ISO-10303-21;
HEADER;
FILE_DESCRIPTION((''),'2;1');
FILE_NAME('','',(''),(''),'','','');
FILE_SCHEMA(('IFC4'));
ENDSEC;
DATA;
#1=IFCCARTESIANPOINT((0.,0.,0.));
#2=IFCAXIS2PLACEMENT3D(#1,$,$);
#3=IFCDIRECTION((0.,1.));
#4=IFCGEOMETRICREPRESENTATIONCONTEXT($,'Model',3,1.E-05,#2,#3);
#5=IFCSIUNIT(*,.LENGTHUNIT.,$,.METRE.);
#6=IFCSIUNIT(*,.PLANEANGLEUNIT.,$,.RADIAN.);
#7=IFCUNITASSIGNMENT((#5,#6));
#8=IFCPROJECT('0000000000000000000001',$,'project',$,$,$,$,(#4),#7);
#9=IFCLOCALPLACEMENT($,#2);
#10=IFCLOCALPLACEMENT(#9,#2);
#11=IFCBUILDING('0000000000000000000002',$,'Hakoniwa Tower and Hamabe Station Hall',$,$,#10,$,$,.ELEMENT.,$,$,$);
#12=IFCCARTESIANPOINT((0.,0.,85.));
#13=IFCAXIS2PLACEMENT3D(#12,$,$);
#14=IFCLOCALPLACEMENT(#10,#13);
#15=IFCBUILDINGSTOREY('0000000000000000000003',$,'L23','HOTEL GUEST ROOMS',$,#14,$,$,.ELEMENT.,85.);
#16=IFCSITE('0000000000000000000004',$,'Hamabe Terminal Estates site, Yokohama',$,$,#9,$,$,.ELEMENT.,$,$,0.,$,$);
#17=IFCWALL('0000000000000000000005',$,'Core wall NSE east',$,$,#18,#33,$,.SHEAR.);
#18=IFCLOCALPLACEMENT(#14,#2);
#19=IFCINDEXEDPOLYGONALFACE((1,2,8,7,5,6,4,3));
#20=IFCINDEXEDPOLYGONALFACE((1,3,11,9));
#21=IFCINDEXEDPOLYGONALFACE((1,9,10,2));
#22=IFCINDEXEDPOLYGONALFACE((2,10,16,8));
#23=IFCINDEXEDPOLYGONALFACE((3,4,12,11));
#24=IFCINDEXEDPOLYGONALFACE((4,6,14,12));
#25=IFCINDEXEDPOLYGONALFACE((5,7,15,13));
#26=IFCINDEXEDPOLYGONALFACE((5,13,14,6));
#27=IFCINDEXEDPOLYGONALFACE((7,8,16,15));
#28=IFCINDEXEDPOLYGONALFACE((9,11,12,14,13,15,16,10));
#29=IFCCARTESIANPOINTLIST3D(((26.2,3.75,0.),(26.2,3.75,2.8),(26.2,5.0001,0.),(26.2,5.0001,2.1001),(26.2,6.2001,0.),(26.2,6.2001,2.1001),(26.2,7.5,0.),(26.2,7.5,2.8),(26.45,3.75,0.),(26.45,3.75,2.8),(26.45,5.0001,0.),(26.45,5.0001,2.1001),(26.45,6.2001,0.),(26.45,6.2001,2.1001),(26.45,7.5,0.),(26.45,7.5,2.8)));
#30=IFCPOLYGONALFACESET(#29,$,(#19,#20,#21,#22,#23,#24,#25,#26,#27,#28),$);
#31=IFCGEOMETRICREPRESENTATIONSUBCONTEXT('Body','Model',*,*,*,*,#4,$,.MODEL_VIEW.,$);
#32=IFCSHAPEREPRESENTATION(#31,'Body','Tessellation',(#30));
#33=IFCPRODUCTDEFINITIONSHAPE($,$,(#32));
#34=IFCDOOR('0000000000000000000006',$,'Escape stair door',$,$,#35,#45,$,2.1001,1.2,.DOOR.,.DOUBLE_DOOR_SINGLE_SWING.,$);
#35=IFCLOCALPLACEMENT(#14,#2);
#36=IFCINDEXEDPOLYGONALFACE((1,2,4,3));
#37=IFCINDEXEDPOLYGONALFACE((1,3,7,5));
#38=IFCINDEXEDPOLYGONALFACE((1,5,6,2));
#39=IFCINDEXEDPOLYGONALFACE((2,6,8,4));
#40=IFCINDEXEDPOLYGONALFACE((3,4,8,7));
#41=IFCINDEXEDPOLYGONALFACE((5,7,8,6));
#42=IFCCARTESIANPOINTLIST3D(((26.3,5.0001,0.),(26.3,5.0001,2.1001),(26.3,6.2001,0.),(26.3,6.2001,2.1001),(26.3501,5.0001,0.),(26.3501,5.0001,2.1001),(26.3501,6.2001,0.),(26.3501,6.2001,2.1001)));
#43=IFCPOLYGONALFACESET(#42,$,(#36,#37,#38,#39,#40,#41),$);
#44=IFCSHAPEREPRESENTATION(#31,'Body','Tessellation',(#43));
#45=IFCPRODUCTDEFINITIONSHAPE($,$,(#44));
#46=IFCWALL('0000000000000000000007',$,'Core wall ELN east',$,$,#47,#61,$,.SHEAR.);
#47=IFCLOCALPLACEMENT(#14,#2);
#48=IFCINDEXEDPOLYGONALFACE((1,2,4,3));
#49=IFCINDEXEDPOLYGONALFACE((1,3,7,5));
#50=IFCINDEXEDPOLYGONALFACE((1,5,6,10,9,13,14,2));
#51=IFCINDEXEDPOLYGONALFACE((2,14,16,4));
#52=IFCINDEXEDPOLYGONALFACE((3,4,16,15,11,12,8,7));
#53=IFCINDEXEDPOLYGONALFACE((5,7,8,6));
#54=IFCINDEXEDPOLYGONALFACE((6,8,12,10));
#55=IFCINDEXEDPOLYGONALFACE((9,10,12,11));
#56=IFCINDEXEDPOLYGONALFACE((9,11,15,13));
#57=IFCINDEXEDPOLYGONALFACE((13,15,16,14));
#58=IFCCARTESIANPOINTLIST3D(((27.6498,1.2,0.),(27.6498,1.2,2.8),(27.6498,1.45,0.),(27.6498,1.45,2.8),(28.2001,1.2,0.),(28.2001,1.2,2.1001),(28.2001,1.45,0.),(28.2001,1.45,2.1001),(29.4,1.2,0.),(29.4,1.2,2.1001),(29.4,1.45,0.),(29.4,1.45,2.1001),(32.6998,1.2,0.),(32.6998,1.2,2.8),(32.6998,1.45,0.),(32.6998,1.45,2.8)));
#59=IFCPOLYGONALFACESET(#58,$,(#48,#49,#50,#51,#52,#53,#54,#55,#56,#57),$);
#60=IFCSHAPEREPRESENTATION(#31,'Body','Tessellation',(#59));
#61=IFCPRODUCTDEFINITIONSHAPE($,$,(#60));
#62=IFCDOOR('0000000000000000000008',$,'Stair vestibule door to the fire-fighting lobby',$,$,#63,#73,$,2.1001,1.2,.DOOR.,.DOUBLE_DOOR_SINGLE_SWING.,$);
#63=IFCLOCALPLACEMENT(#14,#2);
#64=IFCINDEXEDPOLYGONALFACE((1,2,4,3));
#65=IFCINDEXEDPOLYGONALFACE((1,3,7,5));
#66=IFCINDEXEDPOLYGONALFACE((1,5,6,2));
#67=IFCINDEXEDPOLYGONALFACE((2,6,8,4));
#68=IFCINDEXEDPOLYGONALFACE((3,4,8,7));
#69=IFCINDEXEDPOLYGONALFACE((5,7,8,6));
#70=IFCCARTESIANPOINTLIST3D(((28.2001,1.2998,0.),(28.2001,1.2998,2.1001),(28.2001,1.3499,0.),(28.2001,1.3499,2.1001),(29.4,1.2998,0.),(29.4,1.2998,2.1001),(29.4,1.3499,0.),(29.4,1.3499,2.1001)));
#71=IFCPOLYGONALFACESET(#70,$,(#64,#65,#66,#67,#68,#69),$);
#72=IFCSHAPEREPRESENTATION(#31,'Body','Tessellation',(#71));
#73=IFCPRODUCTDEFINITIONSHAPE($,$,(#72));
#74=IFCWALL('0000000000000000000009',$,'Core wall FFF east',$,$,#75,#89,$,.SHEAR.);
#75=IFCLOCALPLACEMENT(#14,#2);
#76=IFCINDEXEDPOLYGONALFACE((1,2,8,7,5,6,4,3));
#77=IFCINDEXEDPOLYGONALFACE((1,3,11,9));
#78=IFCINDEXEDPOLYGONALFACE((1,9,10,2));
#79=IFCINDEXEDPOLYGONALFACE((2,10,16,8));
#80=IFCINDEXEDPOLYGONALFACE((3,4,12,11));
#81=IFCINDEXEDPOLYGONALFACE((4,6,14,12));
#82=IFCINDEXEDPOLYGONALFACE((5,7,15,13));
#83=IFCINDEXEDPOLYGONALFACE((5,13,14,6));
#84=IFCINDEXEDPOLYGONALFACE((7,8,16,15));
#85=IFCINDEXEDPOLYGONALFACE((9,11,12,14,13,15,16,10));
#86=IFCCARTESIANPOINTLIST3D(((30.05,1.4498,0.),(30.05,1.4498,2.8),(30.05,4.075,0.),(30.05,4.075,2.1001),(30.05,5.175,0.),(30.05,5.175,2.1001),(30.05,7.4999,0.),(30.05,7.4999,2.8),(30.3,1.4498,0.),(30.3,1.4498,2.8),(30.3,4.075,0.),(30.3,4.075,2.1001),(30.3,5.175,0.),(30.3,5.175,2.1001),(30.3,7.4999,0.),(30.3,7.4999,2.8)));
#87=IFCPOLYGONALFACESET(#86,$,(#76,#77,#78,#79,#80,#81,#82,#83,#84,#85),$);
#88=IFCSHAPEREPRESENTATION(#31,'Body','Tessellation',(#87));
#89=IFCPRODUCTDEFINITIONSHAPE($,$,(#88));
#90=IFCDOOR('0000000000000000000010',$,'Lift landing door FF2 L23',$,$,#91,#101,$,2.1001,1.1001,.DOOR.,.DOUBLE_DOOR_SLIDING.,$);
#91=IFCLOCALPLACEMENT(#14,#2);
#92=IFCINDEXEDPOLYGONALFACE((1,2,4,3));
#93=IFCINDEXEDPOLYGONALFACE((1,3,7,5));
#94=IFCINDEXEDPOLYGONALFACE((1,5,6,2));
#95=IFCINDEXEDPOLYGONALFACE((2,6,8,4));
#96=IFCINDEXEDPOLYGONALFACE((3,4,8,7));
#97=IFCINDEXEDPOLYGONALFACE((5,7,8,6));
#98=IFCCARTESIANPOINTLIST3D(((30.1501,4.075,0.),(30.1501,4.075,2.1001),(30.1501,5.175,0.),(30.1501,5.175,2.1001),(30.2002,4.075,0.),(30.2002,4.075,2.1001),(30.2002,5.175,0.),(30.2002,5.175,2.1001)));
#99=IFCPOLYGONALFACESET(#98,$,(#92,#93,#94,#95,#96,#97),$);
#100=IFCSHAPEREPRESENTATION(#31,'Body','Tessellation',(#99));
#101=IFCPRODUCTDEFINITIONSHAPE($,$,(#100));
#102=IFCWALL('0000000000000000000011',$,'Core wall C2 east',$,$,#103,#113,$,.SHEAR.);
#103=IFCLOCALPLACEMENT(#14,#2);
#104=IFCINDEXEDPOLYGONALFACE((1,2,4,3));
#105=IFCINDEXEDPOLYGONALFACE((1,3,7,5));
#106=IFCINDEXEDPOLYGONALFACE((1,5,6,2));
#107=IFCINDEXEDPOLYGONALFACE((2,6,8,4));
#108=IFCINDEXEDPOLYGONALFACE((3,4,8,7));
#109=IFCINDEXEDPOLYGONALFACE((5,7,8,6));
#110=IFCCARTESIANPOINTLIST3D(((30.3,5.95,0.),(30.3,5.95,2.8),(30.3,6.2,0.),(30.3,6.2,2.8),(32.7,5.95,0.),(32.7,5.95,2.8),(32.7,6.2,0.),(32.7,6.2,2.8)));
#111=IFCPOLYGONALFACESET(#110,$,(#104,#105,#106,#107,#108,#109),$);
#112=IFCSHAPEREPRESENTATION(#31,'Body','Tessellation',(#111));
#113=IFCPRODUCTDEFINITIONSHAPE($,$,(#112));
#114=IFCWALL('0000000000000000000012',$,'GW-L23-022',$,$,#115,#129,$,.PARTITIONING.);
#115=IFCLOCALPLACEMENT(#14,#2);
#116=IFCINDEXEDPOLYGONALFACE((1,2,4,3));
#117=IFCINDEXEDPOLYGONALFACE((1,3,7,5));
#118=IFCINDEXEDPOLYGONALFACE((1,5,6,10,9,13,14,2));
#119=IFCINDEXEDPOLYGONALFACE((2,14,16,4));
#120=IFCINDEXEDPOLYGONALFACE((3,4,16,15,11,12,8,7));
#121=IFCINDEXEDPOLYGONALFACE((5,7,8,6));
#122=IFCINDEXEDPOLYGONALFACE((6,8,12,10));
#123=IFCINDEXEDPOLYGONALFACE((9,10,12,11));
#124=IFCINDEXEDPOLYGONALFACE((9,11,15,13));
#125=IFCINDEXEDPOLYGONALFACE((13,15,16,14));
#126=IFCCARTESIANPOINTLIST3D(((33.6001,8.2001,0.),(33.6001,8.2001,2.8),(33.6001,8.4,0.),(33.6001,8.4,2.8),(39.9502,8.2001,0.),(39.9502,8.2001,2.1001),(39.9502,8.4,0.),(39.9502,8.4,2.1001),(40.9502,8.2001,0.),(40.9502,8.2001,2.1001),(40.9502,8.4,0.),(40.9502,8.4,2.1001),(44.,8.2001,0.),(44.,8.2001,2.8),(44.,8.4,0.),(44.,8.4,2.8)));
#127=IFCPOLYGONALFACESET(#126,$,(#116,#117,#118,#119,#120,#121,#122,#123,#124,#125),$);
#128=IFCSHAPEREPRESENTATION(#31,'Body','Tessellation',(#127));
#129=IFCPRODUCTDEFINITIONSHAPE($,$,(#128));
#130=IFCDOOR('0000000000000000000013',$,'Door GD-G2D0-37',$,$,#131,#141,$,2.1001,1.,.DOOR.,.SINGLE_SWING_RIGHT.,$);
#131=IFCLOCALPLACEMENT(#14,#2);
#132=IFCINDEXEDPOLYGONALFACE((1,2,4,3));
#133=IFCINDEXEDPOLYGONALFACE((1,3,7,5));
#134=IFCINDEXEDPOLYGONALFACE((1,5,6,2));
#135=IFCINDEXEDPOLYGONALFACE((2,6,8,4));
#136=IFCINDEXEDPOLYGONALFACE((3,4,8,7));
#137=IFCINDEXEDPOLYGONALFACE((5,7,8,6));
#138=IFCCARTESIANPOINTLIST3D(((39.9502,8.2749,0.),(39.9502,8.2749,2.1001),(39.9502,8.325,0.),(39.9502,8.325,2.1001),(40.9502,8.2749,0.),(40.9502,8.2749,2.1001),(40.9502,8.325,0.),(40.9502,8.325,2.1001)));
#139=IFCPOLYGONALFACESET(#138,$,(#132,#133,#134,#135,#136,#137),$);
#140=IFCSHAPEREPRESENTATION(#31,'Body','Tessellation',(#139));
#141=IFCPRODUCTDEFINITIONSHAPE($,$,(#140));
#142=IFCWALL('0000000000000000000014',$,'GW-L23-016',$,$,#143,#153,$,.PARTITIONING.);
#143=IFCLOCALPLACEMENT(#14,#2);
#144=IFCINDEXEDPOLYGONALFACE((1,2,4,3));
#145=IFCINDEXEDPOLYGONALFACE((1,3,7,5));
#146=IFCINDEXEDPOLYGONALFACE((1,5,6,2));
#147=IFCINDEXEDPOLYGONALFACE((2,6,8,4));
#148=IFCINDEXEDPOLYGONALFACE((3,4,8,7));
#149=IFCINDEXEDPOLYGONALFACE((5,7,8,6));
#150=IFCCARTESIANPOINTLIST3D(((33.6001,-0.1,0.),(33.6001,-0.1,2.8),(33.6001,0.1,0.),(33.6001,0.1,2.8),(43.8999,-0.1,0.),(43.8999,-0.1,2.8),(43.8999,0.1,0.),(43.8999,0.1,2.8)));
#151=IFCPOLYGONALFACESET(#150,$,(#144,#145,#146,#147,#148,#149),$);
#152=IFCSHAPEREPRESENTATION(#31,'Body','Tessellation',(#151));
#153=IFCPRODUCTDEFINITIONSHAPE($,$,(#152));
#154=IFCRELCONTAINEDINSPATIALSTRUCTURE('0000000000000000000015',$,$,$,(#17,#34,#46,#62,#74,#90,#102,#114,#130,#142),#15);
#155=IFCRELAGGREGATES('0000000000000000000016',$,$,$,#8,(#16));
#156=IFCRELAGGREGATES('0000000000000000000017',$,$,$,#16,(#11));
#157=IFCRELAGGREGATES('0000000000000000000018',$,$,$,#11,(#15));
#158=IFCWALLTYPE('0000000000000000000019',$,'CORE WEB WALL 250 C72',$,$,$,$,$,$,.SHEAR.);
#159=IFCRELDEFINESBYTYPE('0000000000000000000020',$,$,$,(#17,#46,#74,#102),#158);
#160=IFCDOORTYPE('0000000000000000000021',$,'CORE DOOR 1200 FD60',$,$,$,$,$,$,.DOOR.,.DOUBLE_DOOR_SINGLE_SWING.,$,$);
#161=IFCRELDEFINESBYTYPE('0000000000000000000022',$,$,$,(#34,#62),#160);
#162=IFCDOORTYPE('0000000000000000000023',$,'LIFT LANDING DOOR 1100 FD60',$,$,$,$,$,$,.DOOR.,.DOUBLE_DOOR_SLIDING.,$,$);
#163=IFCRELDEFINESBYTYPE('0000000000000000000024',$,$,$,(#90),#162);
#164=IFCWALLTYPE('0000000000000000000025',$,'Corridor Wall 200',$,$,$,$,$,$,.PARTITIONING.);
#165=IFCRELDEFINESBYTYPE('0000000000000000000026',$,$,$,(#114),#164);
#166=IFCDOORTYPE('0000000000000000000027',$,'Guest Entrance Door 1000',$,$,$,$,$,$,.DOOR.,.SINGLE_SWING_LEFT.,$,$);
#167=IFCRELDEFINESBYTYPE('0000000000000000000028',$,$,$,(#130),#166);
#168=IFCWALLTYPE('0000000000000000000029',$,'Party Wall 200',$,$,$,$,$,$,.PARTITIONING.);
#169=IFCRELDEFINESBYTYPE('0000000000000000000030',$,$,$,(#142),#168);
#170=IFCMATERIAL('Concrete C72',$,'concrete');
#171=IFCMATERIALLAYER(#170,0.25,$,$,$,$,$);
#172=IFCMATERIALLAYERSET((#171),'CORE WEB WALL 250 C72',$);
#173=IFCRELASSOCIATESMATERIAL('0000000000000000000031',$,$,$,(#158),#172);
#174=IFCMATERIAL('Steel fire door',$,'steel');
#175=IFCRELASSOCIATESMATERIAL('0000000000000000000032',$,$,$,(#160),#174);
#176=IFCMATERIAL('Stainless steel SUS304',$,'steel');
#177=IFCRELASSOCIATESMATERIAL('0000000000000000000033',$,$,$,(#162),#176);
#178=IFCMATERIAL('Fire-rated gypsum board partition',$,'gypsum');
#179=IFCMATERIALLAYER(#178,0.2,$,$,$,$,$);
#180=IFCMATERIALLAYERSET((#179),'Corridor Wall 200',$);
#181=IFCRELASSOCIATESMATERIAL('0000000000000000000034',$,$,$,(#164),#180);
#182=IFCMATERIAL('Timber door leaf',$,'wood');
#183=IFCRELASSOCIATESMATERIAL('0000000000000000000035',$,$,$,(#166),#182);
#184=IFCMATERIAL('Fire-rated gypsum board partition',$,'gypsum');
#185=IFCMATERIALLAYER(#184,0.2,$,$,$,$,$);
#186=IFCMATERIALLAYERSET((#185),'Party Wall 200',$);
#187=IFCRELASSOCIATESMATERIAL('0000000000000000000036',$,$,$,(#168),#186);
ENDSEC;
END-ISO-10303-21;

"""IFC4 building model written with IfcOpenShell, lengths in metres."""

from ifc_helpers import new_model, si_unit, direction, frame, frame_2d, origin, place, context, subcontext, project, spatial, rectangle, extrude, material, layer, layer_set, type_object, element, fill, save


model = new_model("IFC4")

# Units and contexts
model_context = context("Model", 3, precision=1e-05, world=origin(), true_north=direction((0.0, 1.0)))
body_context = subcontext(model_context, "Body", "Model", "MODEL_VIEW")
ifc_project = project(units=[si_unit("LENGTHUNIT", "METRE"), si_unit("PLANEANGLEUNIT", "RADIAN")], contexts=[model_context])

# Site, building, storey
site_placement = place(None, origin())
site = spatial("IfcSite", under=ifc_project, at=site_placement, Name="Hamabe Terminal Estates site, Yokohama", CompositionType="ELEMENT", RefElevation=0.0)
building_placement = place(site_placement, origin())
building = spatial("IfcBuilding", under=site, at=building_placement, Name="Hakoniwa Tower and Hamabe Station Hall", CompositionType="ELEMENT")
storey_placement = place(building_placement, frame((0.0, 0.0, 85.0)))
storey = spatial("IfcBuildingStorey", under=building, at=storey_placement, Name="L23", Description="HOTEL GUEST ROOMS", CompositionType="ELEMENT", Elevation=85.0)

# Shared definitions
ifc_material_1 = material(Name="Concrete C72", Category="concrete")
ifc_layer_1 = layer(ifc_material_1, 0.25)
ifc_layer_set_1 = layer_set([ifc_layer_1], Name="CORE WEB WALL 250 C72")
wall_type_1 = type_object("IfcWallType", Name="CORE WEB WALL 250 C72", PredefinedType="SHEAR", material=ifc_layer_set_1)

# Walls, openings, doors
wall_1_placement = place(storey_placement, frame((26.325, 3.75, 0.0), z_axis=(0.0, 0.0, 1.0), x_axis=(0.0, 1.0, 0.0)))
wall_1 = element("IfcWall", 1, at=wall_1_placement, inside=storey, type_object=wall_type_1, Name="Core wall NSE east", PredefinedType="SHEAR", context=body_context, shape_type="SweptSolid", body=[
    extrude(rectangle(XDim=3.75, YDim=0.25, at=frame_2d((1.875, 0.0))), origin(), (0.0, 0.0, 1.0), 2.8),
])
opening_1_placement = place(wall_1_placement, frame((1.25, 0.0, 0.0)))
opening_1 = element("IfcOpeningElement", 2, at=opening_1_placement, cuts=wall_1, PredefinedType="OPENING", context=body_context, shape_type="SweptSolid", body=[
    extrude(rectangle(XDim=1.2, YDim=2.1001, at=frame_2d((0.6001, 1.05))), frame((0.0, 0.135, 0.0), z_axis=(0.0, -1.0, 0.0), x_axis=(1.0, 0.0, 0.0)), (0.0, 0.0, 1.0), 0.27),
])
ifc_material_2 = material(Name="Steel fire door", Category="steel")
door_type_1 = type_object("IfcDoorType", Name="CORE DOOR 1200 FD60", OperationType="DOUBLE_DOOR_SINGLE_SWING", PredefinedType="DOOR", material=ifc_material_2)
door_1_placement = place(opening_1_placement, origin())
door_1 = element("IfcDoor", 3, at=door_1_placement, inside=storey, type_object=door_type_1, Name="Escape stair door", OperationType="DOUBLE_DOOR_SINGLE_SWING", OverallHeight=2.1001, OverallWidth=1.2, PredefinedType="DOOR", context=body_context, shape_type="SweptSolid", body=[
    extrude(rectangle(XDim=1.2, YDim=2.1001, at=frame_2d((0.6001, 1.05))), frame((0.0, 0.0249, 0.0), z_axis=(0.0, -1.0, 0.0), x_axis=(1.0, 0.0, 0.0)), (0.0, 0.0, 1.0), 0.05),
])
fill(opening_1, door_1)
wall_2_placement = place(storey_placement, frame((27.6499, 1.325, 0.0), z_axis=(0.0, 0.0, 1.0), x_axis=(1.0, 0.0, 0.0)))
wall_2 = element("IfcWall", 4, at=wall_2_placement, inside=storey, type_object=wall_type_1, Name="Core wall ELN east", PredefinedType="SHEAR", context=body_context, shape_type="SweptSolid", body=[
    extrude(rectangle(XDim=5.05, YDim=0.25, at=frame_2d((2.5249, 0.0))), origin(), (0.0, 0.0, 1.0), 2.8),
])
opening_2_placement = place(wall_2_placement, frame((0.55, 0.0, 0.0)))
opening_2 = element("IfcOpeningElement", 5, at=opening_2_placement, cuts=wall_2, PredefinedType="OPENING", context=body_context, shape_type="SweptSolid", body=[
    extrude(rectangle(XDim=1.2, YDim=2.1001, at=frame_2d((0.6001, 1.05))), frame((0.0, 0.135, 0.0), z_axis=(0.0, -1.0, 0.0), x_axis=(1.0, 0.0, 0.0)), (0.0, 0.0, 1.0), 0.27),
])
door_2_placement = place(opening_2_placement, origin())
door_2 = element("IfcDoor", 6, at=door_2_placement, inside=storey, type_object=door_type_1, Name="Stair vestibule door to the fire-fighting lobby", OperationType="DOUBLE_DOOR_SINGLE_SWING", OverallHeight=2.1001, OverallWidth=1.2, PredefinedType="DOOR", context=body_context, shape_type="SweptSolid", body=[
    extrude(rectangle(XDim=1.2, YDim=2.1001, at=frame_2d((0.6001, 1.05))), frame((0.0, 0.0249, 0.0), z_axis=(0.0, -1.0, 0.0), x_axis=(1.0, 0.0, 0.0)), (0.0, 0.0, 1.0), 0.05),
])
fill(opening_2, door_2)
wall_3_placement = place(storey_placement, frame((30.175, 1.45, 0.0), z_axis=(0.0, 0.0, 1.0), x_axis=(0.0, 1.0, 0.0)))
wall_3 = element("IfcWall", 7, at=wall_3_placement, inside=storey, type_object=wall_type_1, Name="Core wall FFF east", PredefinedType="SHEAR", context=body_context, shape_type="SweptSolid", body=[
    extrude(rectangle(XDim=6.05, YDim=0.25, at=frame_2d((3.0249, 0.0))), origin(), (0.0, 0.0, 1.0), 2.8),
])
opening_3_placement = place(wall_3_placement, frame((2.625, 0.0, 0.0)))
opening_3 = element("IfcOpeningElement", 8, at=opening_3_placement, cuts=wall_3, PredefinedType="OPENING", context=body_context, shape_type="SweptSolid", body=[
    extrude(rectangle(XDim=1.1001, YDim=2.1001, at=frame_2d((0.55, 1.05))), frame((0.0, 0.135, 0.0), z_axis=(0.0, -1.0, 0.0), x_axis=(1.0, 0.0, 0.0)), (0.0, 0.0, 1.0), 0.27),
])
ifc_material_3 = material(Name="Stainless steel SUS304", Category="steel")
door_type_2 = type_object("IfcDoorType", Name="LIFT LANDING DOOR 1100 FD60", OperationType="DOUBLE_DOOR_SLIDING", PredefinedType="DOOR", material=ifc_material_3)
door_3_placement = place(opening_3_placement, origin())
door_3 = element("IfcDoor", 9, at=door_3_placement, inside=storey, type_object=door_type_2, Name="Lift landing door FF2 L23", OperationType="DOUBLE_DOOR_SLIDING", OverallHeight=2.1001, OverallWidth=1.1001, PredefinedType="DOOR", context=body_context, shape_type="SweptSolid", body=[
    extrude(rectangle(XDim=1.1001, YDim=2.1001, at=frame_2d((0.55, 1.05))), frame((0.0, 0.0249, 0.0), z_axis=(0.0, -1.0, 0.0), x_axis=(1.0, 0.0, 0.0)), (0.0, 0.0, 1.0), 0.05),
])
fill(opening_3, door_3)

# Wall
wall_4_placement = place(storey_placement, frame((30.3, 6.075, 0.0), z_axis=(0.0, 0.0, 1.0), x_axis=(1.0, 0.0, 0.0)))
element("IfcWall", 10, at=wall_4_placement, inside=storey, type_object=wall_type_1, Name="Core wall C2 east", PredefinedType="SHEAR", context=body_context, shape_type="SweptSolid", body=[
    extrude(rectangle(XDim=2.3999, YDim=0.25, at=frame_2d((1.2, 0.0))), origin(), (0.0, 0.0, 1.0), 2.8),
])

# Wall, opening, door
ifc_material_4 = material(Name="Fire-rated gypsum board partition", Category="gypsum")
ifc_layer_2 = layer(ifc_material_4, 0.2)
ifc_layer_set_2 = layer_set([ifc_layer_2], Name="Corridor Wall 200")
wall_type_2 = type_object("IfcWallType", Name="Corridor Wall 200", PredefinedType="PARTITIONING", material=ifc_layer_set_2)
wall_5_placement = place(storey_placement, frame((33.6001, 8.3, 0.0), z_axis=(0.0, 0.0, 1.0), x_axis=(1.0, 0.0, 0.0)))
wall_5 = element("IfcWall", 11, at=wall_5_placement, inside=storey, type_object=wall_type_2, Name="GW-L23-022", PredefinedType="PARTITIONING", context=body_context, shape_type="SweptSolid", body=[
    extrude(rectangle(XDim=10.3999, YDim=0.2, at=frame_2d((5.2, 0.0))), origin(), (0.0, 0.0, 1.0), 2.8),
])
opening_4_placement = place(wall_5_placement, frame((6.3501, 0.0, 0.0)))
opening_4 = element("IfcOpeningElement", 12, at=opening_4_placement, cuts=wall_5, PredefinedType="OPENING", context=body_context, shape_type="SweptSolid", body=[
    extrude(rectangle(XDim=1.0, YDim=2.1001, at=frame_2d((0.5, 1.05))), frame((0.0, 0.1099, 0.0), z_axis=(0.0, -1.0, 0.0), x_axis=(1.0, 0.0, 0.0)), (0.0, 0.0, 1.0), 0.22),
])
ifc_material_5 = material(Name="Timber door leaf", Category="wood")
door_type_3 = type_object("IfcDoorType", Name="Guest Entrance Door 1000", OperationType="SINGLE_SWING_LEFT", PredefinedType="DOOR", material=ifc_material_5)
door_4_placement = place(opening_4_placement, origin())
door_4 = element("IfcDoor", 13, at=door_4_placement, inside=storey, type_object=door_type_3, Name="Door GD-G2D0-37", OperationType="SINGLE_SWING_RIGHT", OverallHeight=2.1001, OverallWidth=1.0, PredefinedType="DOOR", context=body_context, shape_type="SweptSolid", body=[
    extrude(rectangle(XDim=1.0, YDim=2.1001, at=frame_2d((0.5, 1.05))), frame((0.0, 0.0249, 0.0), z_axis=(0.0, -1.0, 0.0), x_axis=(1.0, 0.0, 0.0)), (0.0, 0.0, 1.0), 0.05),
])
fill(opening_4, door_4)

# Wall
ifc_material_6 = material(Name="Fire-rated gypsum board partition", Category="gypsum")
ifc_layer_3 = layer(ifc_material_6, 0.2)
ifc_layer_set_3 = layer_set([ifc_layer_3], Name="Party Wall 200")
wall_type_3 = type_object("IfcWallType", Name="Party Wall 200", PredefinedType="PARTITIONING", material=ifc_layer_set_3)
wall_6_placement = place(storey_placement, frame((33.6001, 0.0, 0.0), z_axis=(0.0, 0.0, 1.0), x_axis=(1.0, 0.0, 0.0)))
element("IfcWall", 14, at=wall_6_placement, inside=storey, type_object=wall_type_3, Name="GW-L23-016", PredefinedType="PARTITIONING", context=body_context, shape_type="SweptSolid", body=[
    extrude(rectangle(XDim=10.2998, YDim=0.2, at=frame_2d((5.1499, 0.0))), origin(), (0.0, 0.0, 1.0), 2.8),
])

save(model, "model.ifc")
